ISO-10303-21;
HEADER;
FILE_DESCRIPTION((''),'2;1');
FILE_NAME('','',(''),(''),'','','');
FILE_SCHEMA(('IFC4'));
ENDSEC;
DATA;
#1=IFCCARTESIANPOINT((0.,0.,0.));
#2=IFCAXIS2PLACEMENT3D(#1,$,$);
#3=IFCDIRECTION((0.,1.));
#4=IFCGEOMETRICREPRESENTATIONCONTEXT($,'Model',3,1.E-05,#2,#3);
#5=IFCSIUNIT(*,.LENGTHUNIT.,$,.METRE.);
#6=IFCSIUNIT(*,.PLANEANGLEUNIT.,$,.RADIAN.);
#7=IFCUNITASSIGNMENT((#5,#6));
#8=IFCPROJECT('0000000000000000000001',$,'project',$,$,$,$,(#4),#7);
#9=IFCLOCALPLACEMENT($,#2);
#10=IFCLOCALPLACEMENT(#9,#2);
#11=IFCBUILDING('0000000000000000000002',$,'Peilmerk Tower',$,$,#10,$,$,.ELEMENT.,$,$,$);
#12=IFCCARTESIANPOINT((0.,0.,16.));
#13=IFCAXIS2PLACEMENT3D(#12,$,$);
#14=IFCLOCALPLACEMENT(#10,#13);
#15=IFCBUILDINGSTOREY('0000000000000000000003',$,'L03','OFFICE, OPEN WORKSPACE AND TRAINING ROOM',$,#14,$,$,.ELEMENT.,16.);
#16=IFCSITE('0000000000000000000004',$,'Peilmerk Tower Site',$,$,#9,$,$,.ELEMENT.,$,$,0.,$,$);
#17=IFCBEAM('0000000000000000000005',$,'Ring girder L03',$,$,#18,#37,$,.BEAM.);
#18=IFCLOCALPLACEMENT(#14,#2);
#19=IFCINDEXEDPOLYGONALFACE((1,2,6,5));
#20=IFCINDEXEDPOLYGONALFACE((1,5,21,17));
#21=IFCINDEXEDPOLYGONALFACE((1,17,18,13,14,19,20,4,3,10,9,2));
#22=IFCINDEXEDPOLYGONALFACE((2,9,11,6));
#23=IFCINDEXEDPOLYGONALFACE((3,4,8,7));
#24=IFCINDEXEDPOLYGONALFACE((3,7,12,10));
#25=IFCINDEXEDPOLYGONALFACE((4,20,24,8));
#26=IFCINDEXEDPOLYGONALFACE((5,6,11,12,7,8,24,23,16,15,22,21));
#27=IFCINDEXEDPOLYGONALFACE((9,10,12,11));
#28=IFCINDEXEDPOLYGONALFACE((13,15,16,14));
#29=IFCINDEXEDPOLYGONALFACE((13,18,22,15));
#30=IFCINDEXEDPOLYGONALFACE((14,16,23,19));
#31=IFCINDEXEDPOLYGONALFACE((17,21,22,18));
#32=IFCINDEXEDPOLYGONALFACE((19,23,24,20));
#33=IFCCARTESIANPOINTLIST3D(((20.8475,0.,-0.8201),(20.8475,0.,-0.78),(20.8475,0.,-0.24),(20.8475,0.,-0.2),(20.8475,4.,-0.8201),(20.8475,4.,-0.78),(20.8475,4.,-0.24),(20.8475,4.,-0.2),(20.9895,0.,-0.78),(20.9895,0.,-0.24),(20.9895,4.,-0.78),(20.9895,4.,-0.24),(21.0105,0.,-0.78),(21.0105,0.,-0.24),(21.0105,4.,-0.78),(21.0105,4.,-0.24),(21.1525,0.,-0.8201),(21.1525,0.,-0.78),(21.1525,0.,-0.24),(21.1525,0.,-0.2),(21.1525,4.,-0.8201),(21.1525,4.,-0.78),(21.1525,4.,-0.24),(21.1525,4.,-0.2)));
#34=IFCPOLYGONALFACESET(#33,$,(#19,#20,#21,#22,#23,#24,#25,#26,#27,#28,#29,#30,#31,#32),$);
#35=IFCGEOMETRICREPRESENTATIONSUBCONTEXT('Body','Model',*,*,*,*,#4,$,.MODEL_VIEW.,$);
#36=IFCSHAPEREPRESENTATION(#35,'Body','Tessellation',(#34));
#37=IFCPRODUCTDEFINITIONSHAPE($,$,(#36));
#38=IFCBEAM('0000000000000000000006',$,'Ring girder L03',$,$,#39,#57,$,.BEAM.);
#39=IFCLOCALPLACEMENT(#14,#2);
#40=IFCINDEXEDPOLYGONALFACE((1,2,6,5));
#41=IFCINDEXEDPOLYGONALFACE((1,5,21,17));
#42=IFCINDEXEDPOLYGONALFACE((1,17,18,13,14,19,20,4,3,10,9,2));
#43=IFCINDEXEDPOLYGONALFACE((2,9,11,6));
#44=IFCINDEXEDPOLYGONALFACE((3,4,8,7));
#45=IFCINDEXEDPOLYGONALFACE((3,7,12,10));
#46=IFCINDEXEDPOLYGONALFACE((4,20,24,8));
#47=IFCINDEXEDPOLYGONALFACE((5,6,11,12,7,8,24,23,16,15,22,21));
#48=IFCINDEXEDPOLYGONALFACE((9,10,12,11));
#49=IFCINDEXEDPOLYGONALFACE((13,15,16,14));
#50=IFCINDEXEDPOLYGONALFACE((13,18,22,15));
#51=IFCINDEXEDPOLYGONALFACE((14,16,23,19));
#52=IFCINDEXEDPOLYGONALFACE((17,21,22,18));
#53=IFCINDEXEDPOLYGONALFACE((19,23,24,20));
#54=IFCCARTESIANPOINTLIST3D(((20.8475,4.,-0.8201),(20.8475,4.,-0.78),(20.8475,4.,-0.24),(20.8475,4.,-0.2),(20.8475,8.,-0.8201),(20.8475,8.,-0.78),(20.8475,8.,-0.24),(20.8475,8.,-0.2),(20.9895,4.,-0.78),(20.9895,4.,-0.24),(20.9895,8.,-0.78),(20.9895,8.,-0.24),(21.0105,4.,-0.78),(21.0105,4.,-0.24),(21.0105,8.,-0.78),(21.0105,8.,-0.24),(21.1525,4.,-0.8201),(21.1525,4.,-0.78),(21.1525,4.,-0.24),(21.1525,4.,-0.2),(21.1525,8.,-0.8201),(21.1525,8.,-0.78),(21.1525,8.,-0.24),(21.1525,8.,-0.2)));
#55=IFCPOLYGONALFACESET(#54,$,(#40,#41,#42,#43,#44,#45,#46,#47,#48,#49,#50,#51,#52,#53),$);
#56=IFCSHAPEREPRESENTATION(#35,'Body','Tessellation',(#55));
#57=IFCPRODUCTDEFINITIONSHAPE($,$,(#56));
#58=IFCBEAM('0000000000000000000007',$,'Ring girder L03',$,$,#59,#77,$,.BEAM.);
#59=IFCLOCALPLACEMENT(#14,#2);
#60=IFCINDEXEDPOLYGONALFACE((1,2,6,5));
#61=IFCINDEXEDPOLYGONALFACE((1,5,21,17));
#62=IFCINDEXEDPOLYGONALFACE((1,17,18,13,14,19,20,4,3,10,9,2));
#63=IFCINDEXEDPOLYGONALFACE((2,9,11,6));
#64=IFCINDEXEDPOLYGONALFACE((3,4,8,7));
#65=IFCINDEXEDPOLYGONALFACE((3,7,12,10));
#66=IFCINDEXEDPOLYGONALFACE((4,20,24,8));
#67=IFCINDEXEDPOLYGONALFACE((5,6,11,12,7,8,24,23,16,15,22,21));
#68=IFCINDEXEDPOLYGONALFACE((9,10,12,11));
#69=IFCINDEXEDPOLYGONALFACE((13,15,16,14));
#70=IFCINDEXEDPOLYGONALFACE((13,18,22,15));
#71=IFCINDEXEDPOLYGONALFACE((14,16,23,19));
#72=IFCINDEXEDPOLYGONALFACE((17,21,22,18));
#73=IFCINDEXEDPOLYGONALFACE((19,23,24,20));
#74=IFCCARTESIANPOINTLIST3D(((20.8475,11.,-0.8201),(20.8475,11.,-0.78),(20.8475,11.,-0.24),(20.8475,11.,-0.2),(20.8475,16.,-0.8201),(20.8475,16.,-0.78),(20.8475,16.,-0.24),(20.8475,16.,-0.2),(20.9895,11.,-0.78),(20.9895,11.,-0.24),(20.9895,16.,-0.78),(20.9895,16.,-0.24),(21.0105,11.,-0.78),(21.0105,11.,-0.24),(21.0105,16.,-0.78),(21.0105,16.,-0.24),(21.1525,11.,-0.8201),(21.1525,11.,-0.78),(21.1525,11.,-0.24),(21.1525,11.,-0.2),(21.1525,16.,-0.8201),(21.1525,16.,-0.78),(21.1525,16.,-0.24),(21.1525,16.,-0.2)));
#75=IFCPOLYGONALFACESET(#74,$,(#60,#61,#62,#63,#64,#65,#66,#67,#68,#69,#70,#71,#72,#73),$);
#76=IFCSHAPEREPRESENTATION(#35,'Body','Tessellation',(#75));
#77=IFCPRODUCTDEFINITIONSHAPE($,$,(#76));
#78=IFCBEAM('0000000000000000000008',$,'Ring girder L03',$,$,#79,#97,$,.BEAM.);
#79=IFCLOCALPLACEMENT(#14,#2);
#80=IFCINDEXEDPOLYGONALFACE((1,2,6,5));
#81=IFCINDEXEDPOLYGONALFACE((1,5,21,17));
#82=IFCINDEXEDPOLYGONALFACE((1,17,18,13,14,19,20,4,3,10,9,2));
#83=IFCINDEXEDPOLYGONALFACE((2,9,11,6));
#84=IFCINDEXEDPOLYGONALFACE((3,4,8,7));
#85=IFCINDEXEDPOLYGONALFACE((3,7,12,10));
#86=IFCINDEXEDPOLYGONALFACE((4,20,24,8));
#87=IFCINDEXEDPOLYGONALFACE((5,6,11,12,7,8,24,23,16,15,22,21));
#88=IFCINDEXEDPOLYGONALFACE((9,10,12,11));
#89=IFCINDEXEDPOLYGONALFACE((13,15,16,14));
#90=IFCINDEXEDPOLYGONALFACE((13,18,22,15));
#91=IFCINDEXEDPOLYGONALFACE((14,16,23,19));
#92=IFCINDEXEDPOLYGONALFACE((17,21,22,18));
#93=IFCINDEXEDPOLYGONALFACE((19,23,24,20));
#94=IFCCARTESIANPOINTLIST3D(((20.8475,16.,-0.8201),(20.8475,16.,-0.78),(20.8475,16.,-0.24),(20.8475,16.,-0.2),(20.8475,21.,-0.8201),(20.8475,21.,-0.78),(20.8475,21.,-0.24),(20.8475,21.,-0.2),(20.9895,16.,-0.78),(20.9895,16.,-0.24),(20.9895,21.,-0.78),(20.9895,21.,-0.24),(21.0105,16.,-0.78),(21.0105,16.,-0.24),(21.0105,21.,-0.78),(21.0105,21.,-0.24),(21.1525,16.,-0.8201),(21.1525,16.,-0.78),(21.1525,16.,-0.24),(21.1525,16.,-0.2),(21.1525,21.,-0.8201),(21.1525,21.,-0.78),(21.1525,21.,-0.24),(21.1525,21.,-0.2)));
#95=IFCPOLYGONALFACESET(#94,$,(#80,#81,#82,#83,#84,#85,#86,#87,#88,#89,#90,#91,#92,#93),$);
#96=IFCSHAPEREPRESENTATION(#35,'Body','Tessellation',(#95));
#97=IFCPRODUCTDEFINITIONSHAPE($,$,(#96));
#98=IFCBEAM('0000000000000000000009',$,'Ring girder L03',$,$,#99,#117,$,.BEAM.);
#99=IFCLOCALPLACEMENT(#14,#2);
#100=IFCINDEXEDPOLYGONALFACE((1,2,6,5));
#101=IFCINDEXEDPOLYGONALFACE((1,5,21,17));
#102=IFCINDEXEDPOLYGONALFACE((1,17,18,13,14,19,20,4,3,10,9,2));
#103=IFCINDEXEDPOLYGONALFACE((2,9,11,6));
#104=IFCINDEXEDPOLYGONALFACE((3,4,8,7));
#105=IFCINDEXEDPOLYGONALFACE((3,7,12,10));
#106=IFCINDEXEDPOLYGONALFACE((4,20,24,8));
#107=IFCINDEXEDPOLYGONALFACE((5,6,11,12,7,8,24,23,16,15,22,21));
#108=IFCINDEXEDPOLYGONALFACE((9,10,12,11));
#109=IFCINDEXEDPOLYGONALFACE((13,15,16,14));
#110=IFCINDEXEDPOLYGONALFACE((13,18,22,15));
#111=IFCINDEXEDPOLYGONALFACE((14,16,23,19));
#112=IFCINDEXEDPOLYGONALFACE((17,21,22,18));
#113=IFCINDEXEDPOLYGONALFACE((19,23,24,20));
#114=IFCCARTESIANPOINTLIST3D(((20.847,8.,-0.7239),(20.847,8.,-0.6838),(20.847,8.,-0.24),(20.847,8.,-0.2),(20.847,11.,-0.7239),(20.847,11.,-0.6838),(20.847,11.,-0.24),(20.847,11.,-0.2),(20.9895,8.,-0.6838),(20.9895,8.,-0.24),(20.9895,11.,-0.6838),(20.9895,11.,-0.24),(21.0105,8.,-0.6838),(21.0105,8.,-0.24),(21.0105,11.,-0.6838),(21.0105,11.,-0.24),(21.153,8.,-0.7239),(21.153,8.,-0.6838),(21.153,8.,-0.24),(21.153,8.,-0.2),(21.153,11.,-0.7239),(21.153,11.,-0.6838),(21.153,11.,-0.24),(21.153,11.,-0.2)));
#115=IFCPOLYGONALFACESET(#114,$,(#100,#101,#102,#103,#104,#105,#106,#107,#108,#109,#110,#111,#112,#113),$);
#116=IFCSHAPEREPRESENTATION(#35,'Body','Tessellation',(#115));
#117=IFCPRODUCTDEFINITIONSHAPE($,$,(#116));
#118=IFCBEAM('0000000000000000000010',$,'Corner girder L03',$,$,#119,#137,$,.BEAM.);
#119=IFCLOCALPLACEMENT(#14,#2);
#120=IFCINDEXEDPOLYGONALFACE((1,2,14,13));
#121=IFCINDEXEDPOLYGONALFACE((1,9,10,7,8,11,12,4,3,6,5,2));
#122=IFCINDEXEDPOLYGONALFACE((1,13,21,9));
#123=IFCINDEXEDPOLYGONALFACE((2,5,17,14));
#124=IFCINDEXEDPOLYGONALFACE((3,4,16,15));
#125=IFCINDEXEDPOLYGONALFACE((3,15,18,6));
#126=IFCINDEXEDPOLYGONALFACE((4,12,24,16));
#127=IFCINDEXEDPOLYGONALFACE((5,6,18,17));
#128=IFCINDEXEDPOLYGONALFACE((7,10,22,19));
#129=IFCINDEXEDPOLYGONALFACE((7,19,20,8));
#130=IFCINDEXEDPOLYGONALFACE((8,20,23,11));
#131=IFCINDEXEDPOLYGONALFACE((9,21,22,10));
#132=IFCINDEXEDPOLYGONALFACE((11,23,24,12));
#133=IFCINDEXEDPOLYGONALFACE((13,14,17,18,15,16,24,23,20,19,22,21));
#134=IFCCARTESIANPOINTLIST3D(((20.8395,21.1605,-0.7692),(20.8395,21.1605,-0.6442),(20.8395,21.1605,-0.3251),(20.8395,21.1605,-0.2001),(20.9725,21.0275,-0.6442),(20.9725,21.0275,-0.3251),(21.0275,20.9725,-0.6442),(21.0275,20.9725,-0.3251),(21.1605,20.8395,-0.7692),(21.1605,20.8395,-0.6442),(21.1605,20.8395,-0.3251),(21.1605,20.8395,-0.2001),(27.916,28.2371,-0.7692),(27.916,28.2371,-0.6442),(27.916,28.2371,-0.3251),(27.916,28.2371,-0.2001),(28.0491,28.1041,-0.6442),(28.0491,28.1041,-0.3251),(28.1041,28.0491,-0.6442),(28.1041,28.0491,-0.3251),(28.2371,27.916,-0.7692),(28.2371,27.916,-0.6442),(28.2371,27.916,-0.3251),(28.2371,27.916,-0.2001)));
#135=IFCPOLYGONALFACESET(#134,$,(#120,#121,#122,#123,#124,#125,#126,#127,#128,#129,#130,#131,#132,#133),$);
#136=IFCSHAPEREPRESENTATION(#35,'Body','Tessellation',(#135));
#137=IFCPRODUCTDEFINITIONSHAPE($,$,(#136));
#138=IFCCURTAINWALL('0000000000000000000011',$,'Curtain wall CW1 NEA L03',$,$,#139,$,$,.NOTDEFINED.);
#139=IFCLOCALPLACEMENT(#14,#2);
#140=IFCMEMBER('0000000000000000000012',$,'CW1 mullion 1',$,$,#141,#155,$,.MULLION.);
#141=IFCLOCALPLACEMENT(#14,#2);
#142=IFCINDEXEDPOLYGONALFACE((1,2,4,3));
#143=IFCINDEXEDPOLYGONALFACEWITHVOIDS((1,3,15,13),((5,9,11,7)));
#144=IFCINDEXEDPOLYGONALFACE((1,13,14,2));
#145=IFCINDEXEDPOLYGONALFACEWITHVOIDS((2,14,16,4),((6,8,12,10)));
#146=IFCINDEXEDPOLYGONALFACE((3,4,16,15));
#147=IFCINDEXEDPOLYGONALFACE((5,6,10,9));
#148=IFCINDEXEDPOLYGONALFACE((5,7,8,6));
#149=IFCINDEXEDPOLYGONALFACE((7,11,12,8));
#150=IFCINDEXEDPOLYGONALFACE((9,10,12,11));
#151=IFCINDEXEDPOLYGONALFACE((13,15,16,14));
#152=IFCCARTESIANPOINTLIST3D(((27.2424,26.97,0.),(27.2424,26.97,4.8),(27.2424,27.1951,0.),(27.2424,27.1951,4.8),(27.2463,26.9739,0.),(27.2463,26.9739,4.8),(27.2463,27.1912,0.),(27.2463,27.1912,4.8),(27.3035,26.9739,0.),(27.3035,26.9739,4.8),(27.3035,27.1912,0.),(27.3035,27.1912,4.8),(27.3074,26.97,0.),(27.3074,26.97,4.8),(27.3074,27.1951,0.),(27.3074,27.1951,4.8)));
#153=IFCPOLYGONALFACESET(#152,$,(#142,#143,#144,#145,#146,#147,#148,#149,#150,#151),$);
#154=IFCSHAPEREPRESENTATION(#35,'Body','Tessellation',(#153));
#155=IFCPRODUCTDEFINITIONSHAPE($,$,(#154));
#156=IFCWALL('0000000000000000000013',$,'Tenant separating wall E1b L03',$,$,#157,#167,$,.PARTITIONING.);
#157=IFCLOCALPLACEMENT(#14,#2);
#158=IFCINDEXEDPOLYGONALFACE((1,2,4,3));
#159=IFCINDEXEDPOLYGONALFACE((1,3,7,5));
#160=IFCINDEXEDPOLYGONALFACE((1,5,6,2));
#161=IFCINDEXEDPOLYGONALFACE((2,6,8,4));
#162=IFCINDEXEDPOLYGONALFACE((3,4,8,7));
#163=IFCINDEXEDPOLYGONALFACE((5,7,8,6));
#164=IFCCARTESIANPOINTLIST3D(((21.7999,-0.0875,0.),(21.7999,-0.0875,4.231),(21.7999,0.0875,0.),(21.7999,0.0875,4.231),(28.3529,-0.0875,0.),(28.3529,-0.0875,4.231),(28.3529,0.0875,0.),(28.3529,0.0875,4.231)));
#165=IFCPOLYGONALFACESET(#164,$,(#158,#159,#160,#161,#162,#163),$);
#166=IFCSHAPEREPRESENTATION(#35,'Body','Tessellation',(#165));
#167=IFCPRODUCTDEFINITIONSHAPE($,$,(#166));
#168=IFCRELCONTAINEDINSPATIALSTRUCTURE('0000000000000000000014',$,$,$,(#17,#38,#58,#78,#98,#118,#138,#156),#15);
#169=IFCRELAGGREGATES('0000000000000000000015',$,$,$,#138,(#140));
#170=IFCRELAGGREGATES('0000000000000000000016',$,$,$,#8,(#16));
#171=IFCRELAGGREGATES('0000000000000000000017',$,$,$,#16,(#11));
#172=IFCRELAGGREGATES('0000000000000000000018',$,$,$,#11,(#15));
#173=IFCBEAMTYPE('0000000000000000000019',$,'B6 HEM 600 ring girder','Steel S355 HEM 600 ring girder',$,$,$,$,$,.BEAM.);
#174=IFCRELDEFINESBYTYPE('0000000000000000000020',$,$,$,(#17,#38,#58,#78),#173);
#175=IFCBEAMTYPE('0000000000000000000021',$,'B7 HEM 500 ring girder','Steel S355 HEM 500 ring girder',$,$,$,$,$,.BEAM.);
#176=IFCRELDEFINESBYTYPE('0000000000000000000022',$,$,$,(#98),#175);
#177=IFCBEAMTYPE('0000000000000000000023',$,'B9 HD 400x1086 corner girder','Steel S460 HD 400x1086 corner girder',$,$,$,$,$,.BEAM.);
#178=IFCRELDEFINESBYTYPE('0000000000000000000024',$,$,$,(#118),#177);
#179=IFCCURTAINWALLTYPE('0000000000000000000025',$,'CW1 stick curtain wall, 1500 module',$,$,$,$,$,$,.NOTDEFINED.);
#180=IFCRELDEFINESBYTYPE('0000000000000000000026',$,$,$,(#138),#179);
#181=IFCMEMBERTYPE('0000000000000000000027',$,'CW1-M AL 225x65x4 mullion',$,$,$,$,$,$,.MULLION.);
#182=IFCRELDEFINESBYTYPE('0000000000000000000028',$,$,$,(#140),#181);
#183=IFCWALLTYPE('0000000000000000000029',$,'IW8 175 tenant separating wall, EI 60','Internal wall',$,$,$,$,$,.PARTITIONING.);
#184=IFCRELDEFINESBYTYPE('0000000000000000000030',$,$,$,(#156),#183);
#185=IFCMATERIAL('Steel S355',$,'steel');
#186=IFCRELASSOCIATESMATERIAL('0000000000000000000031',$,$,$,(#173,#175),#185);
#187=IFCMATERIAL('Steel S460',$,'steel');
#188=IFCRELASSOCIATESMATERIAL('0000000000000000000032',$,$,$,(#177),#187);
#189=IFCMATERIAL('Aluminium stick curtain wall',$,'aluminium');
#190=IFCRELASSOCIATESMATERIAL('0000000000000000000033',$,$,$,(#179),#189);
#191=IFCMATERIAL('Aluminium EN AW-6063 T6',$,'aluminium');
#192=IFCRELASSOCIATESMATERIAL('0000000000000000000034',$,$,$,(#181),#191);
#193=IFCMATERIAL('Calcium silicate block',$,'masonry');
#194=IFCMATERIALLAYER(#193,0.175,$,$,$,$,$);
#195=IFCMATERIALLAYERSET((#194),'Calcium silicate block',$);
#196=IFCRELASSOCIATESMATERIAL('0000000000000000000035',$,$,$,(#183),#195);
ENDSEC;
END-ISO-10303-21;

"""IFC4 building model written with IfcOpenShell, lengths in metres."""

from ifc_helpers import new_model, si_unit, direction, frame, frame_2d, origin, origin_2d, place, context, subcontext, project, spatial, rectangle, hollow_rectangle, i_section, extrude, material, layer, layer_set, material_profile, profile_set, type_object, element, aggregate, save


model = new_model("IFC4")

# Units and contexts
model_context = context("Model", 3, precision=1e-05, world=origin(), true_north=direction((0.0, 1.0)))
body_context = subcontext(model_context, "Body", "Model", "MODEL_VIEW")
ifc_project = project(units=[si_unit("LENGTHUNIT", "METRE"), si_unit("PLANEANGLEUNIT", "RADIAN")], contexts=[model_context])

# Site, building, storey
site_placement = place(None, origin())
site = spatial("IfcSite", under=ifc_project, at=site_placement, Name="Peilmerk Tower Site", CompositionType="ELEMENT", RefElevation=0.0)
building_placement = place(site_placement, origin())
building = spatial("IfcBuilding", under=site, at=building_placement, Name="Peilmerk Tower", CompositionType="ELEMENT")
storey_placement = place(building_placement, frame((0.0, 0.0, 16.0)))
storey = spatial("IfcBuildingStorey", under=building, at=storey_placement, Name="L03", Description="OFFICE, OPEN WORKSPACE AND TRAINING ROOM", CompositionType="ELEMENT", Elevation=16.0)

# Beams
ifc_material_1 = material(Name="Steel S355", Category="steel")
ifc_material_profile_1 = material_profile(ifc_material_1, i_section(OverallWidth=0.3049, OverallDepth=0.6201, WebThickness=0.021, FlangeThickness=0.04, at=origin_2d()), Name="HEM 600")
ifc_profile_set_1 = profile_set([ifc_material_profile_1], Name="Steel S355")
beam_type_1 = type_object("IfcBeamType", Name="B6 HEM 600 ring girder", Description="Steel S355 HEM 600 ring girder", PredefinedType="BEAM", material=ifc_profile_set_1)
for number, where, z_axis, x_axis, name in (
    (1, (21.0, 0.0, -0.51), (0.0, 1.0, 0.0), (-1.0, 0.0, 0.0), "Ring girder L03"),
    (2, (21.0, 4.0, -0.51), (0.0, 1.0, 0.0), (-1.0, 0.0, 0.0), "Ring girder L03"),
):
    element("IfcBeam", number, at=place(storey_placement, frame(where, z_axis=z_axis, x_axis=x_axis)), inside=storey, type_object=beam_type_1, Name=name, PredefinedType="BEAM", context=body_context, shape_type="SweptSolid", body=[
        extrude(i_section(OverallWidth=0.3049, OverallDepth=0.6201, WebThickness=0.021, FlangeThickness=0.04, at=origin_2d()), origin(), (0.0, 0.0, 1.0), 4.0),
    ])
for number, where, z_axis, x_axis, name in (
    (3, (21.0, 11.0, -0.51), (0.0, 1.0, 0.0), (-1.0, 0.0, 0.0), "Ring girder L03"),
    (4, (21.0, 16.0, -0.51), (0.0, 1.0, 0.0), (-1.0, 0.0, 0.0), "Ring girder L03"),
):
    element("IfcBeam", number, at=place(storey_placement, frame(where, z_axis=z_axis, x_axis=x_axis)), inside=storey, type_object=beam_type_1, Name=name, PredefinedType="BEAM", context=body_context, shape_type="SweptSolid", body=[
        extrude(i_section(OverallWidth=0.3049, OverallDepth=0.6201, WebThickness=0.021, FlangeThickness=0.04, at=origin_2d()), origin(), (0.0, 0.0, 1.0), 5.0),
    ])
ifc_material_profile_2 = material_profile(ifc_material_1, i_section(OverallWidth=0.3059, OverallDepth=0.5239, WebThickness=0.021, FlangeThickness=0.04, at=origin_2d()), Name="HEM 500")
ifc_profile_set_2 = profile_set([ifc_material_profile_2], Name="Steel S355")
beam_type_2 = type_object("IfcBeamType", Name="B7 HEM 500 ring girder", Description="Steel S355 HEM 500 ring girder", PredefinedType="BEAM", material=ifc_profile_set_2)
beam_1_placement = place(storey_placement, frame((21.0, 8.0, -0.4619), z_axis=(0.0, 1.0, 0.0), x_axis=(-1.0, 0.0, 0.0)))
element("IfcBeam", 5, at=beam_1_placement, inside=storey, type_object=beam_type_2, Name="Ring girder L03", PredefinedType="BEAM", context=body_context, shape_type="SweptSolid", body=[
    extrude(i_section(OverallWidth=0.3059, OverallDepth=0.5239, WebThickness=0.021, FlangeThickness=0.04, at=origin_2d()), origin(), (0.0, 0.0, 1.0), 3.0),
])
ifc_material_2 = material(Name="Steel S460", Category="steel")
ifc_material_profile_3 = material_profile(ifc_material_2, i_section(OverallWidth=0.4541, OverallDepth=0.5691, WebThickness=0.0779, FlangeThickness=0.125, at=origin_2d()), Name="HD 400x1086")
ifc_profile_set_3 = profile_set([ifc_material_profile_3], Name="Steel S460")
beam_type_3 = type_object("IfcBeamType", Name="B9 HD 400x1086 corner girder", Description="Steel S460 HD 400x1086 corner girder", PredefinedType="BEAM", material=ifc_profile_set_3)
beam_2_placement = place(storey_placement, frame((21.0, 21.0, -0.4846), z_axis=(0.707107, 0.707107, 0.0), x_axis=(-0.707107, 0.707107, 0.0)))
element("IfcBeam", 6, at=beam_2_placement, inside=storey, type_object=beam_type_3, Name="Corner girder L03", PredefinedType="BEAM", context=body_context, shape_type="SweptSolid", body=[
    extrude(i_section(OverallWidth=0.4541, OverallDepth=0.5691, WebThickness=0.0779, FlangeThickness=0.125, at=origin_2d()), origin(), (0.0, 0.0, 1.0), 10.0078),
])

# Curtain wall, member
ifc_material_3 = material(Name="Aluminium stick curtain wall", Category="aluminium")
curtain_wall_type = type_object("IfcCurtainWallType", Name="CW1 stick curtain wall, 1500 module", PredefinedType="NOTDEFINED", material=ifc_material_3)
curtain_wall_placement = place(storey_placement, origin())
curtain_wall = element("IfcCurtainWall", 7, at=curtain_wall_placement, inside=storey, type_object=curtain_wall_type, Name="Curtain wall CW1 NEA L03", PredefinedType="NOTDEFINED")
ifc_material_4 = material(Name="Aluminium EN AW-6063 T6", Category="aluminium")
ifc_material_profile_4 = material_profile(ifc_material_4, hollow_rectangle(XDim=0.0649, YDim=0.2251, WallThickness=0.0039, at=origin_2d()), Name="AL 225x65x4")
ifc_profile_set_4 = profile_set([ifc_material_profile_4], Name="Aluminium EN AW-6063 T6")
member_type = type_object("IfcMemberType", Name="CW1-M AL 225x65x4 mullion", PredefinedType="MULLION", material=ifc_profile_set_4)
member_placement = place(storey_placement, frame((27.2749, 27.0825, 0.0), z_axis=(0.0, 0.0, 1.0), x_axis=(-1.0, 0.0, 0.0)))
member = element("IfcMember", 8, at=member_placement, type_object=member_type, Name="CW1 mullion 1", PredefinedType="MULLION", context=body_context, shape_type="SweptSolid", body=[
    extrude(hollow_rectangle(XDim=0.0649, YDim=0.2251, WallThickness=0.0039, at=origin_2d()), origin(), (0.0, 0.0, 1.0), 4.8),
])
aggregate(curtain_wall, [member])

# Wall
ifc_material_5 = material(Name="Calcium silicate block", Category="masonry")
ifc_layer = layer(ifc_material_5, 0.175)
ifc_layer_set = layer_set([ifc_layer], Name="Calcium silicate block")
wall_type = type_object("IfcWallType", Name="IW8 175 tenant separating wall, EI 60", Description="Internal wall", PredefinedType="PARTITIONING", material=ifc_layer_set)
wall_placement = place(storey_placement, frame((21.8, 0.0, 0.0), z_axis=(0.0, 0.0, 1.0), x_axis=(1.0, 0.0, 0.0)))
element("IfcWall", 9, at=wall_placement, inside=storey, type_object=wall_type, Name="Tenant separating wall E1b L03", PredefinedType="PARTITIONING", context=body_context, shape_type="SweptSolid", body=[
    extrude(rectangle(XDim=6.553, YDim=0.175, at=frame_2d((3.2764, 0.0))), origin(), (0.0, 0.0, 1.0), 4.231),
])

save(model, "model.ifc")
